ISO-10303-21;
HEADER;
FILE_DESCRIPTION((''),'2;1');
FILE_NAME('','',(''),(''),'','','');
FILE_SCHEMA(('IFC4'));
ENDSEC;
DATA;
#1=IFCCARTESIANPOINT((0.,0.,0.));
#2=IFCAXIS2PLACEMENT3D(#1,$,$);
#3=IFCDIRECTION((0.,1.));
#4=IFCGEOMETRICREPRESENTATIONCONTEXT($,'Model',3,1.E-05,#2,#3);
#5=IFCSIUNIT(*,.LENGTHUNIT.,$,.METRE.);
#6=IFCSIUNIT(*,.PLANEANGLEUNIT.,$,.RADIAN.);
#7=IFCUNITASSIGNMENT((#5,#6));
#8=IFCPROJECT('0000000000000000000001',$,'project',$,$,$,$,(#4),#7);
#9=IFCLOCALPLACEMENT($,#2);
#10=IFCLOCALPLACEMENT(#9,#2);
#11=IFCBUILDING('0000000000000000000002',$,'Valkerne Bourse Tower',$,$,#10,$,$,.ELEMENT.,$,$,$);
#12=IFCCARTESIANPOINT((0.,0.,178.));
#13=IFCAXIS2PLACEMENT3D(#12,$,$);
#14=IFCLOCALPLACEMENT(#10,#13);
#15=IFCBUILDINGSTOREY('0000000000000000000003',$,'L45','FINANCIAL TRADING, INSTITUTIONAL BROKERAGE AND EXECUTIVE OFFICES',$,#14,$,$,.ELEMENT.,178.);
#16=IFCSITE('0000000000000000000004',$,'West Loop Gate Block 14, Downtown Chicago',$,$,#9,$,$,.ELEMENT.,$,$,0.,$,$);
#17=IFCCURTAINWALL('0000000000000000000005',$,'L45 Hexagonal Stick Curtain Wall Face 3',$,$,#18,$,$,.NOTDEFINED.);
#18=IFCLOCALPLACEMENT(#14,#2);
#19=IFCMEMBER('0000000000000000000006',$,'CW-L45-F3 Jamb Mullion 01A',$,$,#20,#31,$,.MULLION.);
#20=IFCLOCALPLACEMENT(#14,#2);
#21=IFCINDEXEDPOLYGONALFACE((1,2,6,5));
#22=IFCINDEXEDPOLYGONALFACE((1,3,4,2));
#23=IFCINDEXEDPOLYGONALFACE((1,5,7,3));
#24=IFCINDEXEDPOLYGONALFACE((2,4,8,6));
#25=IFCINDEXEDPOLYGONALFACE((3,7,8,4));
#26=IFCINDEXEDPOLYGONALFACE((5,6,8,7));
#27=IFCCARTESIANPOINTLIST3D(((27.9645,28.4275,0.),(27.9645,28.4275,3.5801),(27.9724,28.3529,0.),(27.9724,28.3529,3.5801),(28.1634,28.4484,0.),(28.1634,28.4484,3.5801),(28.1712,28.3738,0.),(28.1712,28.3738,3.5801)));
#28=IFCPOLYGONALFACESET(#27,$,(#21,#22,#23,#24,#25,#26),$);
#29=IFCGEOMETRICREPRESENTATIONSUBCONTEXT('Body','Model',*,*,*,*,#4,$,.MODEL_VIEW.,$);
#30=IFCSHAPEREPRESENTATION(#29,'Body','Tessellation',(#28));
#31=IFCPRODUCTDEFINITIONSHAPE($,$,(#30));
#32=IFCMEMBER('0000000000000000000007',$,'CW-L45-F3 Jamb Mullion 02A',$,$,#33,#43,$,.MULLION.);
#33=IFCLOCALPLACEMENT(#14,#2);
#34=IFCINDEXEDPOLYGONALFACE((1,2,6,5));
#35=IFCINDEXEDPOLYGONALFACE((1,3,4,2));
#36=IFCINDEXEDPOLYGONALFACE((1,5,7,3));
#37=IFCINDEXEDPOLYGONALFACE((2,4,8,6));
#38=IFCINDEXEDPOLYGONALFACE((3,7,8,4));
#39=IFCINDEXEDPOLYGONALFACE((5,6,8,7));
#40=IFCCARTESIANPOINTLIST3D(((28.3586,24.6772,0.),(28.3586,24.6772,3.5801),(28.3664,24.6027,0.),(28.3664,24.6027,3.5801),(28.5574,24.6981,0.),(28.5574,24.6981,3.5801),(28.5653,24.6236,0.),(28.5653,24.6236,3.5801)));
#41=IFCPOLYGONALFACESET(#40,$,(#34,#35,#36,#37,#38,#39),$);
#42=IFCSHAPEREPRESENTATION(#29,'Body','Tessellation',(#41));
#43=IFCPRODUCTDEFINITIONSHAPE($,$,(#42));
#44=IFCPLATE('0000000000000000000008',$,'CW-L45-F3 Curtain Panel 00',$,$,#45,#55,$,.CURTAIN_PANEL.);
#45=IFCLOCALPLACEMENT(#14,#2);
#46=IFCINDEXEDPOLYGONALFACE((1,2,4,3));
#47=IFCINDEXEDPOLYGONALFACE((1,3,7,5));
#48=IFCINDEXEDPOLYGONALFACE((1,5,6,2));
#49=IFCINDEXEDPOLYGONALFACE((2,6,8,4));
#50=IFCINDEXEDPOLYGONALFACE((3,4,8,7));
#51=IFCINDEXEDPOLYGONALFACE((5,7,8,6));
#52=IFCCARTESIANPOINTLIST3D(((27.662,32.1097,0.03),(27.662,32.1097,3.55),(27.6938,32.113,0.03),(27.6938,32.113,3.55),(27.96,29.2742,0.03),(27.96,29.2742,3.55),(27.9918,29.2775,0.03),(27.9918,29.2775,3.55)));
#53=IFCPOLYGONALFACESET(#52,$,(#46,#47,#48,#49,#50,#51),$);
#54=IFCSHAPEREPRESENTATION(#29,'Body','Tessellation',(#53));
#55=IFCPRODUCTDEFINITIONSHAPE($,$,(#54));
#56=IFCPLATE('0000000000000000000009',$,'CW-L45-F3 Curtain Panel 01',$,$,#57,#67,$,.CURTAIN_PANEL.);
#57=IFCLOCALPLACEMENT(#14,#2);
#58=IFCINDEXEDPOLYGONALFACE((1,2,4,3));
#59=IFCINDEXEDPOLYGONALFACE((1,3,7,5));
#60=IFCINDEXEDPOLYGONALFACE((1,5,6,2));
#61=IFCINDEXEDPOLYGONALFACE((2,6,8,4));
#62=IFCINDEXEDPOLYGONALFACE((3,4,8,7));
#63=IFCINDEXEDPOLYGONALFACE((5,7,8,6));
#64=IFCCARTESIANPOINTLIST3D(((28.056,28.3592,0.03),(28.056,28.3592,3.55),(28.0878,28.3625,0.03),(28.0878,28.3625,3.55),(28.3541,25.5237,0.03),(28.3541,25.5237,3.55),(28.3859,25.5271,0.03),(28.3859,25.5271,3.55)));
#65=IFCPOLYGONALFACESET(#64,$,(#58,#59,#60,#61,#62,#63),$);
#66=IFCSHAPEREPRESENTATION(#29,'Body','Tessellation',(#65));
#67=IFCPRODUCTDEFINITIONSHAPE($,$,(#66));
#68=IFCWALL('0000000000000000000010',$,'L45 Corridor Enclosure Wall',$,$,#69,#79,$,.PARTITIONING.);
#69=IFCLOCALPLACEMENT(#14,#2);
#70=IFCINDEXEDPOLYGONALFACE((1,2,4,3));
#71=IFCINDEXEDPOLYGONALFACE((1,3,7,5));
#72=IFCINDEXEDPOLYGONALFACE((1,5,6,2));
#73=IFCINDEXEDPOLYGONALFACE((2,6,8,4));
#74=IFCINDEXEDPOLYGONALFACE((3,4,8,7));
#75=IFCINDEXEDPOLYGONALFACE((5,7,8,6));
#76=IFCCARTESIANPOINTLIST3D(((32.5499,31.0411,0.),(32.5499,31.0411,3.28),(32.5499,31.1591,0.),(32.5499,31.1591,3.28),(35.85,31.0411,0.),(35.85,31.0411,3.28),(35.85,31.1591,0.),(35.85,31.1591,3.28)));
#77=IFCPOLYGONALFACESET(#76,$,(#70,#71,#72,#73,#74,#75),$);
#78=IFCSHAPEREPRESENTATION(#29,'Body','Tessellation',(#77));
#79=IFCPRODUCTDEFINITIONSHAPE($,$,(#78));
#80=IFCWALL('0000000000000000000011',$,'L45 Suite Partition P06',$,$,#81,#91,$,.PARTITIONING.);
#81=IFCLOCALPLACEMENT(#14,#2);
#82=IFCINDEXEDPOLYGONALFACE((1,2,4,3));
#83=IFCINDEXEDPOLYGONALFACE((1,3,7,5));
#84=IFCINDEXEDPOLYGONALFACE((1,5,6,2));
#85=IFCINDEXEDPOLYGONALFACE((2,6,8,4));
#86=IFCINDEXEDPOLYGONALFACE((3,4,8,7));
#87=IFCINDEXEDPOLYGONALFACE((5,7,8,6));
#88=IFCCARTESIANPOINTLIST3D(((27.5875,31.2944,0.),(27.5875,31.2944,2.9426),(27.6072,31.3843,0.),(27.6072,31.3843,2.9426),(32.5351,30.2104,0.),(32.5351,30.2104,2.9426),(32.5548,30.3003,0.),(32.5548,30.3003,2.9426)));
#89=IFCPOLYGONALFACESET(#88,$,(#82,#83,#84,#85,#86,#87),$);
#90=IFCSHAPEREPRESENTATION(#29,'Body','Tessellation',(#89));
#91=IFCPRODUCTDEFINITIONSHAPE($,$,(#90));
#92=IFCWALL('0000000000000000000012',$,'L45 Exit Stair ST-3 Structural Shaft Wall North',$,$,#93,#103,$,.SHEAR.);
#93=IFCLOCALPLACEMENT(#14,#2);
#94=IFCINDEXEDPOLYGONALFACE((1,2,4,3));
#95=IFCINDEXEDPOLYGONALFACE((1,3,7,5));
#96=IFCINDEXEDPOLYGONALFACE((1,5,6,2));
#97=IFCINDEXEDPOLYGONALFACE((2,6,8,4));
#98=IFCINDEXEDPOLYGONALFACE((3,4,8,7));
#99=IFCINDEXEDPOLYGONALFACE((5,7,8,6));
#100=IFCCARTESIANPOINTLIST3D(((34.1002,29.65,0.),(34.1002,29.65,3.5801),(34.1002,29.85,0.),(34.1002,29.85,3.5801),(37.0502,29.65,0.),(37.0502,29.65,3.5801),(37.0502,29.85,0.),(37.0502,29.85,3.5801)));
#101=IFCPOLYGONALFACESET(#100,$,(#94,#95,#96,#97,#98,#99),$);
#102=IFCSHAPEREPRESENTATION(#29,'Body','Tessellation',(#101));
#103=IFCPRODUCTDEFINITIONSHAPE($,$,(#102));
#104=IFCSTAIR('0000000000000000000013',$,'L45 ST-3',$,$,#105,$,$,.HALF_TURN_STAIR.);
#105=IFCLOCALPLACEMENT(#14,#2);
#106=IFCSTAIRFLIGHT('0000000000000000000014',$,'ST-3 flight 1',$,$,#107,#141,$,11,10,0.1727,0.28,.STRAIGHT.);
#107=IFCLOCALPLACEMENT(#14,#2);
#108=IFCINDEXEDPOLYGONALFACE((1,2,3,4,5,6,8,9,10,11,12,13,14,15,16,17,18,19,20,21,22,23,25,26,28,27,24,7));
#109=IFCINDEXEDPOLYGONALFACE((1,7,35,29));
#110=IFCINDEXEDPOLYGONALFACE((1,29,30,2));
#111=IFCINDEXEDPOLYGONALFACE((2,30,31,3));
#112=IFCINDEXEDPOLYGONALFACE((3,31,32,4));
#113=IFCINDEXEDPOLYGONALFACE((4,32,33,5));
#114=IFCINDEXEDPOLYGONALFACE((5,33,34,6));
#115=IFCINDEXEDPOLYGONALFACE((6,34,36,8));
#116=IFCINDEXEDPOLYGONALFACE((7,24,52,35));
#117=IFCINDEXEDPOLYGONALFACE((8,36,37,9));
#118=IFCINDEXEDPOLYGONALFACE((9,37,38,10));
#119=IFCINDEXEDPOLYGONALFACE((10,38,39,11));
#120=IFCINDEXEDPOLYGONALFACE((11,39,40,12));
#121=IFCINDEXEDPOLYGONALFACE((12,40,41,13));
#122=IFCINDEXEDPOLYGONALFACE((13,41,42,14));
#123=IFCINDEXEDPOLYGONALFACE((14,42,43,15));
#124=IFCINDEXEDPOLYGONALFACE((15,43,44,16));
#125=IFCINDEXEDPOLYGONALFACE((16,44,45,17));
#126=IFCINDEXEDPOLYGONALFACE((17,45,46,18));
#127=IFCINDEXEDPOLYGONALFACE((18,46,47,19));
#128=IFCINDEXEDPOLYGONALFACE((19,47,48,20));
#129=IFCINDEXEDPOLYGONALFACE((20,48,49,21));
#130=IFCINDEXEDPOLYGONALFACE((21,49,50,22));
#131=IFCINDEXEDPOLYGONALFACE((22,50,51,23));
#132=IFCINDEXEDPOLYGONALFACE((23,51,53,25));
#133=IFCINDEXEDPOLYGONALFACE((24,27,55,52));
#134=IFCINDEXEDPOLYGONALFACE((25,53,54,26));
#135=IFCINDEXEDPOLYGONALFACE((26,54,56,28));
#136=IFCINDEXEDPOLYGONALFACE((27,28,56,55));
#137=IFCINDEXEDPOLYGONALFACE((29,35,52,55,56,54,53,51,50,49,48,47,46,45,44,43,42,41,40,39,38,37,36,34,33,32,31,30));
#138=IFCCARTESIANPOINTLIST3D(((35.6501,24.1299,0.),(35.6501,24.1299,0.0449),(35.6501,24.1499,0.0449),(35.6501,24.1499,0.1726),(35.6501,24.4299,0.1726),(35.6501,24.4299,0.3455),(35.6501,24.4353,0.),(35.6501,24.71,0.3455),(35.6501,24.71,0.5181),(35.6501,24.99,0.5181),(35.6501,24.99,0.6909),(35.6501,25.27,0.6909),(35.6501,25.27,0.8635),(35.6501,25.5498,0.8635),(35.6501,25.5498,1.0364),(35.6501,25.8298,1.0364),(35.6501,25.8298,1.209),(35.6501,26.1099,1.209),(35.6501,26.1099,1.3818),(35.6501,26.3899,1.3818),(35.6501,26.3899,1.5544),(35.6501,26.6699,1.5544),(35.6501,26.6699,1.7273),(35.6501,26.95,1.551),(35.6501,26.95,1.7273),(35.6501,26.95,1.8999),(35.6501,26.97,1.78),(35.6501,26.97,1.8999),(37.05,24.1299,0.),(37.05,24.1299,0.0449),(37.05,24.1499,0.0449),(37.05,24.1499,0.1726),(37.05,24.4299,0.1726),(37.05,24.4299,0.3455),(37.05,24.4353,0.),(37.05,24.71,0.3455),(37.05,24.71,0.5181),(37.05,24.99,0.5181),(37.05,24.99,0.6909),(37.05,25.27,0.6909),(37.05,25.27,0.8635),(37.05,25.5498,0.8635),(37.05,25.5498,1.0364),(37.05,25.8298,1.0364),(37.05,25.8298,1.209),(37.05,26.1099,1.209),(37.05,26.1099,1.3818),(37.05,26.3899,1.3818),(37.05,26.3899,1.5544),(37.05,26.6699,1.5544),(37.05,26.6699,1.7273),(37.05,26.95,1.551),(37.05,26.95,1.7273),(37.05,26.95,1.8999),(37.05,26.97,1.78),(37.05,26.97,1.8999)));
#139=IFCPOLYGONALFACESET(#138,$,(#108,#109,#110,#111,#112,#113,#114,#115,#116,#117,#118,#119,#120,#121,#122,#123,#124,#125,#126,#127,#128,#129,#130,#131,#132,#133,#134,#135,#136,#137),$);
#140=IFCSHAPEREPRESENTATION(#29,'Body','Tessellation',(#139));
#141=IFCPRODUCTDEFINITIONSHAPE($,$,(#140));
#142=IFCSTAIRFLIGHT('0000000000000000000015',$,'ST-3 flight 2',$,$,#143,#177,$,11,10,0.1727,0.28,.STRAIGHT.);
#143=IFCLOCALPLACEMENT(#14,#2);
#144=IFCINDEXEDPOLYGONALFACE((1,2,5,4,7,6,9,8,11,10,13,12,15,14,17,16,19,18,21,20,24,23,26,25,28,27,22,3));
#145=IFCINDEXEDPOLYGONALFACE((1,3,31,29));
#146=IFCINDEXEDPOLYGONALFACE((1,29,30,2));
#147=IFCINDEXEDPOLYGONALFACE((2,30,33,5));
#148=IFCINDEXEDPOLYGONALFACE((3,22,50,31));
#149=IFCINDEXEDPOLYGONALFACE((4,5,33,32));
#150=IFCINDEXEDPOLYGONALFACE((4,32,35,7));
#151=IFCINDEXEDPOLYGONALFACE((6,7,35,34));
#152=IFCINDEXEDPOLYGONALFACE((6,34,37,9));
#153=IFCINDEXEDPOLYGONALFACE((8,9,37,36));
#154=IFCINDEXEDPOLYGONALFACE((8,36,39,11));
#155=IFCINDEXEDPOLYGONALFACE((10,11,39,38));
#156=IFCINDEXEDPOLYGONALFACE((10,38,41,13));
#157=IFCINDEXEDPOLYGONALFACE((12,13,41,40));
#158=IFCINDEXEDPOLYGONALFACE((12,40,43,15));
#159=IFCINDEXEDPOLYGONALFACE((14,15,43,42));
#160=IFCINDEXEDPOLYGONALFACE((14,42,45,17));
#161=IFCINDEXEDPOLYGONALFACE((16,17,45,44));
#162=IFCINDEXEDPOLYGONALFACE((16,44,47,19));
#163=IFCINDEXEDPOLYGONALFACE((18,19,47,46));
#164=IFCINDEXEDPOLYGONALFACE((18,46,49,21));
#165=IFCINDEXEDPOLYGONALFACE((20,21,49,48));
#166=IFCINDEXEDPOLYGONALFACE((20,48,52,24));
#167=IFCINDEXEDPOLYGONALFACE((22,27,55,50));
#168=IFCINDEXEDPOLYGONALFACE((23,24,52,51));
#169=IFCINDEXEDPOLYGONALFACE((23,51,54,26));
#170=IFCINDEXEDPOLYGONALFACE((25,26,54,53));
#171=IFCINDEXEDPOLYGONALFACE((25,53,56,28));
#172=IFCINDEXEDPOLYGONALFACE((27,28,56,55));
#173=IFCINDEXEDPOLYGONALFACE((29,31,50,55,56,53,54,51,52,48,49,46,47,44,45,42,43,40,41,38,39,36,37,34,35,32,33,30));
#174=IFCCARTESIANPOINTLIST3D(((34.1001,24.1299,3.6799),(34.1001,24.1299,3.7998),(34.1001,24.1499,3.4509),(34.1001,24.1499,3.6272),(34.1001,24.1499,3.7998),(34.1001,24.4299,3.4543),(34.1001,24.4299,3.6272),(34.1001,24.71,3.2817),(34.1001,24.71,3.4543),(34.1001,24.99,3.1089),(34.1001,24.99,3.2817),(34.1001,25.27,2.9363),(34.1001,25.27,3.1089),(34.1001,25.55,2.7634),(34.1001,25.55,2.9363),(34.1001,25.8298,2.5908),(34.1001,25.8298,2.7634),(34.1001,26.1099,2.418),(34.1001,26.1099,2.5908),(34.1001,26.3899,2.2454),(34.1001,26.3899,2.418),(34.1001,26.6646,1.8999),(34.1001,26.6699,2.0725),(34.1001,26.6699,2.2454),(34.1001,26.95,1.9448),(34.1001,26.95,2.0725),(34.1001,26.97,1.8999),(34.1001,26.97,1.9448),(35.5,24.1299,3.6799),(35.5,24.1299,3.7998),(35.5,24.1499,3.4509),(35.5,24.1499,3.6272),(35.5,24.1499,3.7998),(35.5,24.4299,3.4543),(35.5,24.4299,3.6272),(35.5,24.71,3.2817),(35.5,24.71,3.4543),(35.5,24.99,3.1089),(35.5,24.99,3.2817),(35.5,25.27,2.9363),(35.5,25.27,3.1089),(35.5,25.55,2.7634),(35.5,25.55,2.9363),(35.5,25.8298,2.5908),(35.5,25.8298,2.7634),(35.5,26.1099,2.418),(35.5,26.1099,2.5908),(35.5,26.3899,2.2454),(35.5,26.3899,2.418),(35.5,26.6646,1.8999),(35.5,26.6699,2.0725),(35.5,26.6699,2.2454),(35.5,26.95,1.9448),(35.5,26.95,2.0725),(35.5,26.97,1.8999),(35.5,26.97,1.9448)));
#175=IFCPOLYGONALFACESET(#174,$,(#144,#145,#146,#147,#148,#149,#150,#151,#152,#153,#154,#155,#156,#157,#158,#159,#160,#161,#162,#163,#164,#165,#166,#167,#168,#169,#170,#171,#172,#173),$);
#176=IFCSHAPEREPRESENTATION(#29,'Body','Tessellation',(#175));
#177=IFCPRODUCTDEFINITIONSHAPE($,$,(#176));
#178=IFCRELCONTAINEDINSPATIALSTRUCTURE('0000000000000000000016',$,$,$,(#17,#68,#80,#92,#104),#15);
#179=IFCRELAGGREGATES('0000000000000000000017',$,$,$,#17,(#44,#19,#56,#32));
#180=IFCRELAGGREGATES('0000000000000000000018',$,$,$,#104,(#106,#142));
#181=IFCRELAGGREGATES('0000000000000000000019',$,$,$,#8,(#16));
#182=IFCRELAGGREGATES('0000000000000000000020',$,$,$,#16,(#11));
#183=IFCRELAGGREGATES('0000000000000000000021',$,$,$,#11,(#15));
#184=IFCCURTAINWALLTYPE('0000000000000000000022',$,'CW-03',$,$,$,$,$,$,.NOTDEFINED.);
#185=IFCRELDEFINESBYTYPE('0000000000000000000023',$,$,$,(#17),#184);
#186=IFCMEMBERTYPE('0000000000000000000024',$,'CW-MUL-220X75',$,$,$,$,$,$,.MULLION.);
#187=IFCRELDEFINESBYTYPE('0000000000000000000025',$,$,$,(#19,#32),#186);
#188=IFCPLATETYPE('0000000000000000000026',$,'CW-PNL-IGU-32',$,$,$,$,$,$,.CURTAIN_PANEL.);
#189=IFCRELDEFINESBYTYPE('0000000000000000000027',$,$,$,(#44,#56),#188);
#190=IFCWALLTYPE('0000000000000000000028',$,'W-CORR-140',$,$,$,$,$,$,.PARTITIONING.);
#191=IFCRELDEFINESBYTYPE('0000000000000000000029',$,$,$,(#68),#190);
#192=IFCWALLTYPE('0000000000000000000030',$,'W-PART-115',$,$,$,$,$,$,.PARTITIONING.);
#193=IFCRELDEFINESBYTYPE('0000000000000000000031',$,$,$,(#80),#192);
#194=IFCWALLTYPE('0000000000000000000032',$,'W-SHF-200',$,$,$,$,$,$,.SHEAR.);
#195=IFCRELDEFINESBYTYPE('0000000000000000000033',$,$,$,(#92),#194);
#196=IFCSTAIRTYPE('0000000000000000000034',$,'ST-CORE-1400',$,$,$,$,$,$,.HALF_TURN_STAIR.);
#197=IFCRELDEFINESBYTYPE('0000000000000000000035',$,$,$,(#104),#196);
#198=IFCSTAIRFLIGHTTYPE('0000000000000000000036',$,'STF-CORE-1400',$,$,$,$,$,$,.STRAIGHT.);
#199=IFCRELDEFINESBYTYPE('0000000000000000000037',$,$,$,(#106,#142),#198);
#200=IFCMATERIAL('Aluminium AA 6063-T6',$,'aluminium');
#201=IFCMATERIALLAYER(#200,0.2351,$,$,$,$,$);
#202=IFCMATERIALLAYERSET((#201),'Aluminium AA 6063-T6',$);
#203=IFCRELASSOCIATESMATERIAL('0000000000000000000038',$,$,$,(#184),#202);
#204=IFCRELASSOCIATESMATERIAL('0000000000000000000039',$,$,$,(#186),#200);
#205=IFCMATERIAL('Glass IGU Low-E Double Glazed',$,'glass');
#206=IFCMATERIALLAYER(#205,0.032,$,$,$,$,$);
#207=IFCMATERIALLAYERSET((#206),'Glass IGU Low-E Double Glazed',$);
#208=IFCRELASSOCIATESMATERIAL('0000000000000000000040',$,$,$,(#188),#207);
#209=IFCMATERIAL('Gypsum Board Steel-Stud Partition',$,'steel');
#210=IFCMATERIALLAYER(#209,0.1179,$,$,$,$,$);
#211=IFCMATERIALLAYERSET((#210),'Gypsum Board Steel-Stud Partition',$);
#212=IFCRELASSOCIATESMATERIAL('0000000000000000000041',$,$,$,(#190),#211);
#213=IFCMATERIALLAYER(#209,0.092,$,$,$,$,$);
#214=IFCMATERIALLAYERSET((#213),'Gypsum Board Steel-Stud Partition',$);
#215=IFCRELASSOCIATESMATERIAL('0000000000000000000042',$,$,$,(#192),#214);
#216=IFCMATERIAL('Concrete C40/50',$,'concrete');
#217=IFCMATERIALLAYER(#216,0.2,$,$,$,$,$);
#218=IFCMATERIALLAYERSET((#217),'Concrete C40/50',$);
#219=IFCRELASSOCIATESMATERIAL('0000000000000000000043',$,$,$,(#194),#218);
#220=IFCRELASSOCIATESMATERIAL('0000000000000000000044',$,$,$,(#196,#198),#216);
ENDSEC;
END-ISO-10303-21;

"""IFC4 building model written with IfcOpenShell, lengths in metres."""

from ifc_helpers import new_model, si_unit, direction, frame, frame_2d, origin, origin_2d, place, context, subcontext, project, spatial, polyline, rectangle, outline, extrude, material, layer, layer_set, material_profile, profile_set, type_object, element, aggregate, save


model = new_model("IFC4")

# Units and contexts
model_context = context("Model", 3, precision=1e-05, world=origin(), true_north=direction((0.0, 1.0)))
body_context = subcontext(model_context, "Body", "Model", "MODEL_VIEW")
ifc_project = project(units=[si_unit("LENGTHUNIT", "METRE"), si_unit("PLANEANGLEUNIT", "RADIAN")], contexts=[model_context])

# Site, building, storey
site_placement = place(None, origin())
site = spatial("IfcSite", under=ifc_project, at=site_placement, Name="West Loop Gate Block 14, Downtown Chicago", CompositionType="ELEMENT", RefElevation=0.0)
building_placement = place(site_placement, origin())
building = spatial("IfcBuilding", under=site, at=building_placement, Name="Valkerne Bourse Tower", CompositionType="ELEMENT")
storey_placement = place(building_placement, frame((0.0, 0.0, 178.0)))
storey = spatial("IfcBuildingStorey", under=building, at=storey_placement, Name="L45", Description="FINANCIAL TRADING, INSTITUTIONAL BROKERAGE AND EXECUTIVE OFFICES", CompositionType="ELEMENT", Elevation=178.0)

# Curtain wall, members, plates
ifc_material_1 = material(Name="Aluminium AA 6063-T6", Category="aluminium")
ifc_layer_1 = layer(ifc_material_1, 0.2351)
ifc_layer_set_1 = layer_set([ifc_layer_1], Name="Aluminium AA 6063-T6")
curtain_wall_type = type_object("IfcCurtainWallType", Name="CW-03", PredefinedType="NOTDEFINED", material=ifc_layer_set_1)
curtain_wall_placement = place(storey_placement, origin())
curtain_wall = element("IfcCurtainWall", 1, at=curtain_wall_placement, inside=storey, type_object=curtain_wall_type, Name="L45 Hexagonal Stick Curtain Wall Face 3", PredefinedType="NOTDEFINED")
ifc_material_profile_1 = material_profile(ifc_material_1, rectangle(XDim=0.075, YDim=0.2, at=origin_2d()), Name="CWM-75X200")
ifc_profile_set_1 = profile_set([ifc_material_profile_1], Name="Aluminium AA 6063-T6")
member_type = type_object("IfcMemberType", Name="CW-MUL-220X75", PredefinedType="MULLION", material=ifc_profile_set_1)
member_1_placement = place(storey_placement, frame((28.0679, 28.4006, 0.0), z_axis=(0.0, 0.0, 1.0), x_axis=(0.104533, -0.994521, 0.0)))
member_1 = element("IfcMember", 2, at=member_1_placement, type_object=member_type, Name="CW-L45-F3 Jamb Mullion 01A", PredefinedType="MULLION", context=body_context, shape_type="SweptSolid", body=[
    extrude(rectangle(XDim=0.075, YDim=0.2, at=origin_2d()), origin(), (0.0, 0.0, 1.0), 3.5801),
])
member_2_placement = place(storey_placement, frame((28.4619, 24.6504, 0.0), z_axis=(0.0, 0.0, 1.0), x_axis=(0.104509, -0.994524, 0.0)))
member_2 = element("IfcMember", 3, at=member_2_placement, type_object=member_type, Name="CW-L45-F3 Jamb Mullion 02A", PredefinedType="MULLION", context=body_context, shape_type="SweptSolid", body=[
    extrude(rectangle(XDim=0.075, YDim=0.2, at=origin_2d()), origin(), (0.0, 0.0, 1.0), 3.5801),
])
ifc_material_2 = material(Name="Glass IGU Low-E Double Glazed", Category="glass")
ifc_layer_2 = layer(ifc_material_2, 0.032)
ifc_layer_set_2 = layer_set([ifc_layer_2], Name="Glass IGU Low-E Double Glazed")
plate_type = type_object("IfcPlateType", Name="CW-PNL-IGU-32", PredefinedType="CURTAIN_PANEL", material=ifc_layer_set_2)
plate_1_placement = place(storey_placement, frame((27.8269, 30.6936, 0.03), z_axis=(0.0, 0.0, 1.0), x_axis=(0.104536, -0.994521, 0.0)))
plate_1 = element("IfcPlate", 4, at=plate_1_placement, type_object=plate_type, Name="CW-L45-F3 Curtain Panel 00", PredefinedType="CURTAIN_PANEL", context=body_context, shape_type="SweptSolid", body=[
    extrude(rectangle(XDim=2.8511, YDim=0.032, at=origin_2d()), origin(), (0.0, 0.0, 1.0), 3.52),
])
plate_2_placement = place(storey_placement, frame((28.2209, 26.9431, 0.03), z_axis=(0.0, 0.0, 1.0), x_axis=(0.104533, -0.994521, 0.0)))
plate_2 = element("IfcPlate", 5, at=plate_2_placement, type_object=plate_type, Name="CW-L45-F3 Curtain Panel 01", PredefinedType="CURTAIN_PANEL", context=body_context, shape_type="SweptSolid", body=[
    extrude(rectangle(XDim=2.8511, YDim=0.032, at=origin_2d()), origin(), (0.0, 0.0, 1.0), 3.52),
])
aggregate(curtain_wall, [plate_1, member_1, plate_2, member_2])

# Walls
ifc_material_3 = material(Name="Gypsum Board Steel-Stud Partition", Category="steel")
ifc_layer_3 = layer(ifc_material_3, 0.1179)
ifc_layer_set_3 = layer_set([ifc_layer_3], Name="Gypsum Board Steel-Stud Partition")
wall_type_1 = type_object("IfcWallType", Name="W-CORR-140", PredefinedType="PARTITIONING", material=ifc_layer_set_3)
wall_1_placement = place(storey_placement, frame((32.55, 31.1001, 0.0), z_axis=(0.0, 0.0, 1.0), x_axis=(1.0, 0.0, 0.0)))
element("IfcWall", 6, at=wall_1_placement, inside=storey, type_object=wall_type_1, Name="L45 Corridor Enclosure Wall", PredefinedType="PARTITIONING", context=body_context, shape_type="SweptSolid", body=[
    extrude(rectangle(XDim=3.3, YDim=0.1179, at=frame_2d((1.6499, 0.0))), origin(), (0.0, 0.0, 1.0), 3.28),
])
ifc_layer_4 = layer(ifc_material_3, 0.092)
ifc_layer_set_4 = layer_set([ifc_layer_4], Name="Gypsum Board Steel-Stud Partition")
wall_type_2 = type_object("IfcWallType", Name="W-PART-115", PredefinedType="PARTITIONING", material=ifc_layer_set_4)
wall_2_placement = place(storey_placement, frame((32.5449, 30.2554, 0.0), z_axis=(0.0, 0.0, 1.0), x_axis=(-0.976829, 0.21402, 0.0)))
element("IfcWall", 7, at=wall_2_placement, inside=storey, type_object=wall_type_2, Name="L45 Suite Partition P06", PredefinedType="PARTITIONING", context=body_context, shape_type="SweptSolid", body=[
    extrude(rectangle(XDim=5.0649, YDim=0.092, at=frame_2d((2.5325, 0.0))), origin(), (0.0, 0.0, 1.0), 2.9426),
])
ifc_material_4 = material(Name="Concrete C40/50", Category="concrete")
ifc_layer_5 = layer(ifc_material_4, 0.2)
ifc_layer_set_5 = layer_set([ifc_layer_5], Name="Concrete C40/50")
wall_type_3 = type_object("IfcWallType", Name="W-SHF-200", PredefinedType="SHEAR", material=ifc_layer_set_5)
wall_3_placement = place(storey_placement, frame((34.1001, 29.75, 0.0), z_axis=(0.0, 0.0, 1.0), x_axis=(1.0, 0.0, 0.0)))
element("IfcWall", 8, at=wall_3_placement, inside=storey, type_object=wall_type_3, Name="L45 Exit Stair ST-3 Structural Shaft Wall North", PredefinedType="SHEAR", context=body_context, shape_type="SweptSolid", body=[
    extrude(rectangle(XDim=2.95, YDim=0.2, at=frame_2d((1.4751, 0.0))), origin(), (0.0, 0.0, 1.0), 3.5801),
])

# Stair, stair flights
stair_type = type_object("IfcStairType", Name="ST-CORE-1400", PredefinedType="HALF_TURN_STAIR", material=ifc_material_4)
stair_placement = place(storey_placement, origin())
stair = element("IfcStair", 9, at=stair_placement, inside=storey, type_object=stair_type, Name="L45 ST-3", PredefinedType="HALF_TURN_STAIR")
stair_flight_type = type_object("IfcStairFlightType", Name="STF-CORE-1400", PredefinedType="STRAIGHT", material=ifc_material_4)
stair_flight_1_placement = place(storey_placement, frame((36.3501, 24.1499, 0.0), z_axis=(0.0, 0.0, 1.0), x_axis=(0.0, 1.0, 0.0)))
stair_flight_1 = element("IfcStairFlight", 10, at=stair_flight_1_placement, type_object=stair_flight_type, Name="ST-3 flight 1", NumberOfRisers=11, NumberOfTreads=10, PredefinedType="STRAIGHT", RiserHeight=0.1727, TreadLength=0.28, context=body_context, shape_type="SweptSolid", body=[
    extrude(outline(polyline([(-0.02, 0.0), (-0.02, 0.0449), (0.0, 0.0449), (0.0, 0.1726), (0.28, 0.1726), (0.28, 0.3455), (0.5601, 0.3455), (0.5601, 0.5181), (0.8401, 0.5181), (0.8401, 0.6909), (1.1201, 0.6909), (1.1201, 0.8635), (1.3999, 0.8635), (1.3999, 1.0364), (1.6799, 1.0364), (1.6799, 1.209), (1.96, 1.209), (1.96, 1.3818), (2.24, 1.3818), (2.24, 1.5544), (2.52, 1.5544), (2.52, 1.7273), (2.8, 1.7273), (2.8, 1.8999), (2.8201, 1.8999), (2.8201, 1.78), (2.8, 1.551), (0.2854, 0.0), (-0.02, 0.0)])), frame((0.0, 0.7, 0.0), z_axis=(0.0, -1.0, 0.0), x_axis=(1.0, 0.0, 0.0)), (0.0, 0.0, 1.0), 1.3999),
])
stair_flight_2_placement = place(storey_placement, frame((34.8, 26.95, 1.8999), z_axis=(0.0, 0.0, 1.0), x_axis=(0.0, -1.0, 0.0)))
stair_flight_2 = element("IfcStairFlight", 11, at=stair_flight_2_placement, type_object=stair_flight_type, Name="ST-3 flight 2", NumberOfRisers=11, NumberOfTreads=10, PredefinedType="STRAIGHT", RiserHeight=0.1727, TreadLength=0.28, context=body_context, shape_type="SweptSolid", body=[
    extrude(outline(polyline([(-0.02, 0.0), (-0.02, 0.0449), (0.0, 0.0449), (0.0, 0.1726), (0.28, 0.1726), (0.28, 0.3455), (0.5601, 0.3455), (0.5601, 0.5181), (0.8401, 0.5181), (0.8401, 0.6909), (1.1201, 0.6909), (1.1201, 0.8635), (1.3999, 0.8635), (1.3999, 1.0364), (1.6799, 1.0364), (1.6799, 1.209), (1.96, 1.209), (1.96, 1.3818), (2.24, 1.3818), (2.24, 1.5544), (2.52, 1.5544), (2.52, 1.7273), (2.8, 1.7273), (2.8, 1.8999), (2.8201, 1.8999), (2.8201, 1.78), (2.8, 1.551), (0.2854, 0.0), (-0.02, 0.0)])), frame((0.0, 0.7, 0.0), z_axis=(0.0, -1.0, 0.0), x_axis=(1.0, 0.0, 0.0)), (0.0, 0.0, 1.0), 1.3999),
])
aggregate(stair, [stair_flight_1, stair_flight_2])

save(model, "model.ifc")
